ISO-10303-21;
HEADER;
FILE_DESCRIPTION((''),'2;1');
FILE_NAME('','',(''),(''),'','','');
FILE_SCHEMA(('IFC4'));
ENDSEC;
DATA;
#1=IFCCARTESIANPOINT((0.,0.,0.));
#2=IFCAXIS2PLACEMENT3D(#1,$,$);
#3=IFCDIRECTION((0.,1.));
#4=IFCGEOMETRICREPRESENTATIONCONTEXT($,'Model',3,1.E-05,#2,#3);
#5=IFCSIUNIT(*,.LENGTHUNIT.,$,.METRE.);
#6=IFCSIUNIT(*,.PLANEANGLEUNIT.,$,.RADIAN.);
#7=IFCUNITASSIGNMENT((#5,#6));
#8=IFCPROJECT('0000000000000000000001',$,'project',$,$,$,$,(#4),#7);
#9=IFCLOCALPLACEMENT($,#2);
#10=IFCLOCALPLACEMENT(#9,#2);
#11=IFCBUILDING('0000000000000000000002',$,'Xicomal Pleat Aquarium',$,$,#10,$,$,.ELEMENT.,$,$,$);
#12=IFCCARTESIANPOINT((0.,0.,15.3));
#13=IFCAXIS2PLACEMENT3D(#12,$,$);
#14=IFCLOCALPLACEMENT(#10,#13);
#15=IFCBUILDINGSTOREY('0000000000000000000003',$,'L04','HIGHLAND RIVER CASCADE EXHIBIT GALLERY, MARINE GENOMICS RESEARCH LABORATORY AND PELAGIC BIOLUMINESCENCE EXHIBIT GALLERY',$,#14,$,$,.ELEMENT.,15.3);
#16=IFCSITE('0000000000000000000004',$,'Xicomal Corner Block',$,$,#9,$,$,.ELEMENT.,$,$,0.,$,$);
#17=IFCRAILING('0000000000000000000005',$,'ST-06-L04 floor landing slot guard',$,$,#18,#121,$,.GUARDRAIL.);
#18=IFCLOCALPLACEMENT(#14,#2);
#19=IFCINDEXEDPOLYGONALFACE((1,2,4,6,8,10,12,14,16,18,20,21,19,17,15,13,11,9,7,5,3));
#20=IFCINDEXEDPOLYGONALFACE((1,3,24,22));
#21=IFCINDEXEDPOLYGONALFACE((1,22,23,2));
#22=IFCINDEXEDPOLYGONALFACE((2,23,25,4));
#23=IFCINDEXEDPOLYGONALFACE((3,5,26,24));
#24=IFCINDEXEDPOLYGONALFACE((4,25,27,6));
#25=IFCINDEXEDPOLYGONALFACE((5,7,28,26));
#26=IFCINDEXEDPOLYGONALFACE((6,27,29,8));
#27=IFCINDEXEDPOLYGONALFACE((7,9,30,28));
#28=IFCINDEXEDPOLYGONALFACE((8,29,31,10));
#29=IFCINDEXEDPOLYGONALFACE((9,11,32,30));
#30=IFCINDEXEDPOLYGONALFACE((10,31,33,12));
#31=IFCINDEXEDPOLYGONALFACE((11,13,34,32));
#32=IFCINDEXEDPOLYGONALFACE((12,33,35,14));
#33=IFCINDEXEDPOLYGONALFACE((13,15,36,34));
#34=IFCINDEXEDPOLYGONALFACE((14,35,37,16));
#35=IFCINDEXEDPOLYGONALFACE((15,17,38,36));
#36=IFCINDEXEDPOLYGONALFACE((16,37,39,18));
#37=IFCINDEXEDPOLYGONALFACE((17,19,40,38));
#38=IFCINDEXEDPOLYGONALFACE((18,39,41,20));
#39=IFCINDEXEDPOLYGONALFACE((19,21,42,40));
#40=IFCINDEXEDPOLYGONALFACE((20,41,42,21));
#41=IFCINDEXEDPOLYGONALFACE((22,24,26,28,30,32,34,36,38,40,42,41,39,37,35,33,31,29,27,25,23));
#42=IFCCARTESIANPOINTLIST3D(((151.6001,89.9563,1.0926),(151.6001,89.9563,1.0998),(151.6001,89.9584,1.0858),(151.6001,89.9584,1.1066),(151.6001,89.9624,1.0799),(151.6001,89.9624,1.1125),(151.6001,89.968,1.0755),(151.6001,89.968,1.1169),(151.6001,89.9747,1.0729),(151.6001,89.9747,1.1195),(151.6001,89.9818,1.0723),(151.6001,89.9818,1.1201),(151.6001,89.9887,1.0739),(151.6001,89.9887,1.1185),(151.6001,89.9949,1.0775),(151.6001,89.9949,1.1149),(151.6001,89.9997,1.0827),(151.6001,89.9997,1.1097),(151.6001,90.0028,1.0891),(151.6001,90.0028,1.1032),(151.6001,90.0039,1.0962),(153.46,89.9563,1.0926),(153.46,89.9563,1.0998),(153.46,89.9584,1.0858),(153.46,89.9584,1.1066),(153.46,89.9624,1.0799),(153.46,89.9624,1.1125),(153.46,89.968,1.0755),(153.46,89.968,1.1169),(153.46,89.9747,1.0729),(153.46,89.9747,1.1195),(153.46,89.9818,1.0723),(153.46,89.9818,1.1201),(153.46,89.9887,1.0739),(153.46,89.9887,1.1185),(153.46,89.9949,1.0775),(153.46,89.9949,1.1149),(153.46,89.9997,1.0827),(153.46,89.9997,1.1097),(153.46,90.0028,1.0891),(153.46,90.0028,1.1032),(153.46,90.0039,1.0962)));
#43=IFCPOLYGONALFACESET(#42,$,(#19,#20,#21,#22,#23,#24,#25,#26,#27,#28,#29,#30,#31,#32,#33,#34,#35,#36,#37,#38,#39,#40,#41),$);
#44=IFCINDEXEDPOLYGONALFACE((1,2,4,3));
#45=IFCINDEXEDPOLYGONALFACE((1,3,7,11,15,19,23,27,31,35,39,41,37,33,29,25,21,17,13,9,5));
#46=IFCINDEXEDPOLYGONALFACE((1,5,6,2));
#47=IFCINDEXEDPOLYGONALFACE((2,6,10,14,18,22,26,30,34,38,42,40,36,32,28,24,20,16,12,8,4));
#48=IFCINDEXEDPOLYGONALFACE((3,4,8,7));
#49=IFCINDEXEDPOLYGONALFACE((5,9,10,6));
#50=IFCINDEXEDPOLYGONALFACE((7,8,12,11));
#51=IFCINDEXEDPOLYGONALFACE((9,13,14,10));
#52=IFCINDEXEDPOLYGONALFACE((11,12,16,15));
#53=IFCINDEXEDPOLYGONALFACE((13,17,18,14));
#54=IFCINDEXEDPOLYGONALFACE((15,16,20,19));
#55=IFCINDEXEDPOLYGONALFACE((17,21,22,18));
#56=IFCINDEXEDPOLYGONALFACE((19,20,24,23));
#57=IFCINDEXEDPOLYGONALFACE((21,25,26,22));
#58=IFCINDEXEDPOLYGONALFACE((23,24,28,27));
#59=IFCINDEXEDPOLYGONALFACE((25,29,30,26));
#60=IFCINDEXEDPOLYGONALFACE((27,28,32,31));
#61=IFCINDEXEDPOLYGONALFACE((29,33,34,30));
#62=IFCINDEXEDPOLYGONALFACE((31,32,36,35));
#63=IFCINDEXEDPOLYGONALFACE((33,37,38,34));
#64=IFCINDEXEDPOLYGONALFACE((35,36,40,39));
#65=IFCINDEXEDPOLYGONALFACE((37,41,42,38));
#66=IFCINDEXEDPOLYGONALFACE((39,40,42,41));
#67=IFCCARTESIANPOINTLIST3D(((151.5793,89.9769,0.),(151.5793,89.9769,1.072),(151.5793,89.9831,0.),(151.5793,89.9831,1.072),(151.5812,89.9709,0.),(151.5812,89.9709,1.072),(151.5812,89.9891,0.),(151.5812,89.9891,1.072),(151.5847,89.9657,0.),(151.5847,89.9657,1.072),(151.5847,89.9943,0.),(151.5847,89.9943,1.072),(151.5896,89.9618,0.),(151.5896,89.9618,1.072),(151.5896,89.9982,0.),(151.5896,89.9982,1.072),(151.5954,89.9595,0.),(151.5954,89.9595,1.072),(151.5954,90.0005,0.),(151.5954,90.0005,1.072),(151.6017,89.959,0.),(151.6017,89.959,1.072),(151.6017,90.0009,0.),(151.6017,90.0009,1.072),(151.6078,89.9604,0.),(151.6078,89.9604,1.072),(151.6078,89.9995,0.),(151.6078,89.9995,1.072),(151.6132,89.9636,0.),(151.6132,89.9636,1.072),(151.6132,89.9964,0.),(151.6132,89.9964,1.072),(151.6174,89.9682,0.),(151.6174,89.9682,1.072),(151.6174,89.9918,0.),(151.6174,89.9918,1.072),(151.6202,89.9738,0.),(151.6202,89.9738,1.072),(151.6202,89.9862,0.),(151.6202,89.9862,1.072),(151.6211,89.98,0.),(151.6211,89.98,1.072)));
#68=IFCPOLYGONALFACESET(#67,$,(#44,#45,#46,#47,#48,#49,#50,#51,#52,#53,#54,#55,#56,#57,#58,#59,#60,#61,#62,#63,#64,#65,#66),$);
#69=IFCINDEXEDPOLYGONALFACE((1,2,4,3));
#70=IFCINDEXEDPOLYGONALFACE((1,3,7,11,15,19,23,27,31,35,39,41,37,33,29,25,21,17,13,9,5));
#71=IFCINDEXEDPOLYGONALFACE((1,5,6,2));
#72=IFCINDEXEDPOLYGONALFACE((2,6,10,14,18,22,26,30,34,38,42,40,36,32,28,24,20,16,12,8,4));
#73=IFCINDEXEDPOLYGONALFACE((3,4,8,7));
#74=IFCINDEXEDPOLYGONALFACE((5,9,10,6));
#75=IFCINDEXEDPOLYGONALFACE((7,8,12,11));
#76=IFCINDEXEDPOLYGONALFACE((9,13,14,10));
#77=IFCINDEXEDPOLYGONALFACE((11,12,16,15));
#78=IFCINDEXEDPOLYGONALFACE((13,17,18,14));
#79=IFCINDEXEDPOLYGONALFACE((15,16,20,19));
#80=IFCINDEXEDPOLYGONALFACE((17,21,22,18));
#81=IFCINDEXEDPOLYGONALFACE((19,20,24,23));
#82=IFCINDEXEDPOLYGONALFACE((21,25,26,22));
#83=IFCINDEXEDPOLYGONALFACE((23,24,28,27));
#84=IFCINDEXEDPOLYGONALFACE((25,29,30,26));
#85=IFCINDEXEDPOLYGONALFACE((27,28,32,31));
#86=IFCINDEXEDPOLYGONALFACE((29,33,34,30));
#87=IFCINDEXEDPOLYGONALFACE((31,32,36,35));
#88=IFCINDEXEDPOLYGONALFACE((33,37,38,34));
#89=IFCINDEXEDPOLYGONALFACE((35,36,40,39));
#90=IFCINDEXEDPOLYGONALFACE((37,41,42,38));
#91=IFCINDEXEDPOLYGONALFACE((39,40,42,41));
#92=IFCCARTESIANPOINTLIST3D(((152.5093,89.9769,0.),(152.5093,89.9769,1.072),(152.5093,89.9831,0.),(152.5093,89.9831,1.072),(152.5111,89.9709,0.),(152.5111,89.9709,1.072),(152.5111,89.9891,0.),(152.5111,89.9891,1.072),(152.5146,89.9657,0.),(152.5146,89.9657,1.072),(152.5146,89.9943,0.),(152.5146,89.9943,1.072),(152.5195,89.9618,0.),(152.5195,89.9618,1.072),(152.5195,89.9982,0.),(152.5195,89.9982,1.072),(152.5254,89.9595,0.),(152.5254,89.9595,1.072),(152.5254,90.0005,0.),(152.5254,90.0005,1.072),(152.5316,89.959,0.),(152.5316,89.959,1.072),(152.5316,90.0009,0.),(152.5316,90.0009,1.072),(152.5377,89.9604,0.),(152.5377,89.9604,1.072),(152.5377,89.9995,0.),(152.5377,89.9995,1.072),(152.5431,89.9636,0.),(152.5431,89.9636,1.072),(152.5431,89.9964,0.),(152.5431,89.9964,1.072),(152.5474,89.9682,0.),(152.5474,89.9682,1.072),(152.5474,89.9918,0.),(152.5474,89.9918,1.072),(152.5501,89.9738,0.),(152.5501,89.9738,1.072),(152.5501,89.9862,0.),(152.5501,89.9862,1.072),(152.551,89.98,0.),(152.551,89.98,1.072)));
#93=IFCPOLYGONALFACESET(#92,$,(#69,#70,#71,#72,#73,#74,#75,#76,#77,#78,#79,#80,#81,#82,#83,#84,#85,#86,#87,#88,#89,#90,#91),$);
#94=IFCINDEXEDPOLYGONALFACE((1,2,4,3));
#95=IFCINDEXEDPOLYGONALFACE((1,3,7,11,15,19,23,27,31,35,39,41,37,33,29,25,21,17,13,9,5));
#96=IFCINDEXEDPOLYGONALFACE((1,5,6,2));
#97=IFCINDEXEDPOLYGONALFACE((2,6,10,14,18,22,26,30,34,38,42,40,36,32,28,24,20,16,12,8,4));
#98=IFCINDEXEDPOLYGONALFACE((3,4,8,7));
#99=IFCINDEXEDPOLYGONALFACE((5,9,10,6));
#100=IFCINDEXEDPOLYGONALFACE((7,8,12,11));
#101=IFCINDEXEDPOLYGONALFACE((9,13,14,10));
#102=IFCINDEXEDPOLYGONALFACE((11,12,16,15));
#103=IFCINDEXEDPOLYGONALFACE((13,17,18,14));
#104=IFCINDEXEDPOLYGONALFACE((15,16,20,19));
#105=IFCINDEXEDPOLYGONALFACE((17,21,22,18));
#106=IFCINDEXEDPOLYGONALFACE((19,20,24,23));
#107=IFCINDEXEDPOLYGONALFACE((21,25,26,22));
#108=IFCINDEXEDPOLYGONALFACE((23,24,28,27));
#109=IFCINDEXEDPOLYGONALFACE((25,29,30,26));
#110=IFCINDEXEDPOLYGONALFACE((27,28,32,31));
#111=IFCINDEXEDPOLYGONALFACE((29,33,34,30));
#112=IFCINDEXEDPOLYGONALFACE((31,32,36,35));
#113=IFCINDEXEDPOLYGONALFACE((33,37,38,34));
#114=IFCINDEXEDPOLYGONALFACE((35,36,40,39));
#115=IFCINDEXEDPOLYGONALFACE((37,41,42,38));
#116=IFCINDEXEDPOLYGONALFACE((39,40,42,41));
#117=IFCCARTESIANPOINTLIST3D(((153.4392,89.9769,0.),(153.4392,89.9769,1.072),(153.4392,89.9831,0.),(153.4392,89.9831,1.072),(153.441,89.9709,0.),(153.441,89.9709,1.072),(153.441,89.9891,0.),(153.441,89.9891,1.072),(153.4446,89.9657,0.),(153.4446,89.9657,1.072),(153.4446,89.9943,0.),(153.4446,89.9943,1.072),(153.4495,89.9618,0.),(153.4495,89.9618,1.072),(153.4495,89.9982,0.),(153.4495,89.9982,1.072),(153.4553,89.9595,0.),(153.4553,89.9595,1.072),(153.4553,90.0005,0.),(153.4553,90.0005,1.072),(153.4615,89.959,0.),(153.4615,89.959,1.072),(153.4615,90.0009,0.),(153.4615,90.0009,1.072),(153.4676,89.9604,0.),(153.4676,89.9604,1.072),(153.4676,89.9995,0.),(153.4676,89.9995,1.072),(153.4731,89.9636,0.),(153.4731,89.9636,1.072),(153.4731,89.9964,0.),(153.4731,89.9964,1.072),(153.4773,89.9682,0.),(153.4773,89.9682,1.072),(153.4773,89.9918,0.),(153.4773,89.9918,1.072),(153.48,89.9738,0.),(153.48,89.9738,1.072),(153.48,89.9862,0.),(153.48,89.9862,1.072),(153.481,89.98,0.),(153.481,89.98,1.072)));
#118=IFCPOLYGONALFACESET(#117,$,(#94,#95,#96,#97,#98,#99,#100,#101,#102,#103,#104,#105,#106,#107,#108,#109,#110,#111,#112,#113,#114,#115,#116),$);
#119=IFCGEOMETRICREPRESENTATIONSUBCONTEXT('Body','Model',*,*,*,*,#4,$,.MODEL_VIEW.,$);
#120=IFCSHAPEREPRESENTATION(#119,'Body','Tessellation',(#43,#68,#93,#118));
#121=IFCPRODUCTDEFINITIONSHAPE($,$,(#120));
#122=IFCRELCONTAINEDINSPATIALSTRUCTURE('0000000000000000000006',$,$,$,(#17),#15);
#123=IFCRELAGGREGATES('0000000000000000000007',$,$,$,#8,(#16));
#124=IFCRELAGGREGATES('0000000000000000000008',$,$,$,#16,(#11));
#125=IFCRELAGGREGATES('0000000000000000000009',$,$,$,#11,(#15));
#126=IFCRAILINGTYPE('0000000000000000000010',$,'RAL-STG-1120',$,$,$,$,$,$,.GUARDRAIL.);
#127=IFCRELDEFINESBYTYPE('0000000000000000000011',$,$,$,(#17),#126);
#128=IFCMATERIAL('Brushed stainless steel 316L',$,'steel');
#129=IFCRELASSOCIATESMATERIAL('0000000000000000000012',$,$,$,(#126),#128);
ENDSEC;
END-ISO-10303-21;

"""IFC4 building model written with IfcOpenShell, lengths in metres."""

from ifc_helpers import new_model, si_unit, direction, frame, origin, origin_2d, place, context, subcontext, project, spatial, circle, extrude, material, type_object, element, save


model = new_model("IFC4")

# Units and contexts
model_context = context("Model", 3, precision=1e-05, world=origin(), true_north=direction((0.0, 1.0)))
body_context = subcontext(model_context, "Body", "Model", "MODEL_VIEW")
ifc_project = project(units=[si_unit("LENGTHUNIT", "METRE"), si_unit("PLANEANGLEUNIT", "RADIAN")], contexts=[model_context])

# Site, building, storey
site_placement = place(None, origin())
site = spatial("IfcSite", under=ifc_project, at=site_placement, Name="Xicomal Corner Block", CompositionType="ELEMENT", RefElevation=0.0)
building_placement = place(site_placement, origin())
building = spatial("IfcBuilding", under=site, at=building_placement, Name="Xicomal Pleat Aquarium", CompositionType="ELEMENT")
storey_placement = place(building_placement, frame((0.0, 0.0, 15.3)))
storey = spatial("IfcBuildingStorey", under=building, at=storey_placement, Name="L04", Description="HIGHLAND RIVER CASCADE EXHIBIT GALLERY, MARINE GENOMICS RESEARCH LABORATORY AND PELAGIC BIOLUMINESCENCE EXHIBIT GALLERY", CompositionType="ELEMENT", Elevation=15.3)

# Railing
ifc_material_1 = material(Name="Brushed stainless steel 316L", Category="steel")
railing_type_1 = type_object("IfcRailingType", Name="RAL-STG-1120", PredefinedType="GUARDRAIL", material=ifc_material_1)
railing_1_placement = place(storey_placement, frame((151.6001, 89.98, 0.0)))
element("IfcRailing", 1, at=railing_1_placement, inside=storey, type_object=railing_type_1, Name="ST-06-L04 floor landing slot guard", PredefinedType="GUARDRAIL", context=body_context, shape_type="SweptSolid", body=[
    extrude(circle(Radius=0.0239, at=origin_2d()), frame((0.0, 0.0, 1.0962), z_axis=(1.0, 0.0, 0.0), x_axis=(0.0, 1.0, 0.0)), (0.0, 0.0, 1.0), 1.8599),
    extrude(circle(Radius=0.021, at=origin_2d()), origin(), (0.0, 0.0, 1.0), 1.072),
    extrude(circle(Radius=0.021, at=origin_2d()), frame((0.9299, 0.0, 0.0)), (0.0, 0.0, 1.0), 1.072),
    extrude(circle(Radius=0.021, at=origin_2d()), frame((1.8599, 0.0, 0.0)), (0.0, 0.0, 1.0), 1.072),
])

save(model, "model.ifc")
